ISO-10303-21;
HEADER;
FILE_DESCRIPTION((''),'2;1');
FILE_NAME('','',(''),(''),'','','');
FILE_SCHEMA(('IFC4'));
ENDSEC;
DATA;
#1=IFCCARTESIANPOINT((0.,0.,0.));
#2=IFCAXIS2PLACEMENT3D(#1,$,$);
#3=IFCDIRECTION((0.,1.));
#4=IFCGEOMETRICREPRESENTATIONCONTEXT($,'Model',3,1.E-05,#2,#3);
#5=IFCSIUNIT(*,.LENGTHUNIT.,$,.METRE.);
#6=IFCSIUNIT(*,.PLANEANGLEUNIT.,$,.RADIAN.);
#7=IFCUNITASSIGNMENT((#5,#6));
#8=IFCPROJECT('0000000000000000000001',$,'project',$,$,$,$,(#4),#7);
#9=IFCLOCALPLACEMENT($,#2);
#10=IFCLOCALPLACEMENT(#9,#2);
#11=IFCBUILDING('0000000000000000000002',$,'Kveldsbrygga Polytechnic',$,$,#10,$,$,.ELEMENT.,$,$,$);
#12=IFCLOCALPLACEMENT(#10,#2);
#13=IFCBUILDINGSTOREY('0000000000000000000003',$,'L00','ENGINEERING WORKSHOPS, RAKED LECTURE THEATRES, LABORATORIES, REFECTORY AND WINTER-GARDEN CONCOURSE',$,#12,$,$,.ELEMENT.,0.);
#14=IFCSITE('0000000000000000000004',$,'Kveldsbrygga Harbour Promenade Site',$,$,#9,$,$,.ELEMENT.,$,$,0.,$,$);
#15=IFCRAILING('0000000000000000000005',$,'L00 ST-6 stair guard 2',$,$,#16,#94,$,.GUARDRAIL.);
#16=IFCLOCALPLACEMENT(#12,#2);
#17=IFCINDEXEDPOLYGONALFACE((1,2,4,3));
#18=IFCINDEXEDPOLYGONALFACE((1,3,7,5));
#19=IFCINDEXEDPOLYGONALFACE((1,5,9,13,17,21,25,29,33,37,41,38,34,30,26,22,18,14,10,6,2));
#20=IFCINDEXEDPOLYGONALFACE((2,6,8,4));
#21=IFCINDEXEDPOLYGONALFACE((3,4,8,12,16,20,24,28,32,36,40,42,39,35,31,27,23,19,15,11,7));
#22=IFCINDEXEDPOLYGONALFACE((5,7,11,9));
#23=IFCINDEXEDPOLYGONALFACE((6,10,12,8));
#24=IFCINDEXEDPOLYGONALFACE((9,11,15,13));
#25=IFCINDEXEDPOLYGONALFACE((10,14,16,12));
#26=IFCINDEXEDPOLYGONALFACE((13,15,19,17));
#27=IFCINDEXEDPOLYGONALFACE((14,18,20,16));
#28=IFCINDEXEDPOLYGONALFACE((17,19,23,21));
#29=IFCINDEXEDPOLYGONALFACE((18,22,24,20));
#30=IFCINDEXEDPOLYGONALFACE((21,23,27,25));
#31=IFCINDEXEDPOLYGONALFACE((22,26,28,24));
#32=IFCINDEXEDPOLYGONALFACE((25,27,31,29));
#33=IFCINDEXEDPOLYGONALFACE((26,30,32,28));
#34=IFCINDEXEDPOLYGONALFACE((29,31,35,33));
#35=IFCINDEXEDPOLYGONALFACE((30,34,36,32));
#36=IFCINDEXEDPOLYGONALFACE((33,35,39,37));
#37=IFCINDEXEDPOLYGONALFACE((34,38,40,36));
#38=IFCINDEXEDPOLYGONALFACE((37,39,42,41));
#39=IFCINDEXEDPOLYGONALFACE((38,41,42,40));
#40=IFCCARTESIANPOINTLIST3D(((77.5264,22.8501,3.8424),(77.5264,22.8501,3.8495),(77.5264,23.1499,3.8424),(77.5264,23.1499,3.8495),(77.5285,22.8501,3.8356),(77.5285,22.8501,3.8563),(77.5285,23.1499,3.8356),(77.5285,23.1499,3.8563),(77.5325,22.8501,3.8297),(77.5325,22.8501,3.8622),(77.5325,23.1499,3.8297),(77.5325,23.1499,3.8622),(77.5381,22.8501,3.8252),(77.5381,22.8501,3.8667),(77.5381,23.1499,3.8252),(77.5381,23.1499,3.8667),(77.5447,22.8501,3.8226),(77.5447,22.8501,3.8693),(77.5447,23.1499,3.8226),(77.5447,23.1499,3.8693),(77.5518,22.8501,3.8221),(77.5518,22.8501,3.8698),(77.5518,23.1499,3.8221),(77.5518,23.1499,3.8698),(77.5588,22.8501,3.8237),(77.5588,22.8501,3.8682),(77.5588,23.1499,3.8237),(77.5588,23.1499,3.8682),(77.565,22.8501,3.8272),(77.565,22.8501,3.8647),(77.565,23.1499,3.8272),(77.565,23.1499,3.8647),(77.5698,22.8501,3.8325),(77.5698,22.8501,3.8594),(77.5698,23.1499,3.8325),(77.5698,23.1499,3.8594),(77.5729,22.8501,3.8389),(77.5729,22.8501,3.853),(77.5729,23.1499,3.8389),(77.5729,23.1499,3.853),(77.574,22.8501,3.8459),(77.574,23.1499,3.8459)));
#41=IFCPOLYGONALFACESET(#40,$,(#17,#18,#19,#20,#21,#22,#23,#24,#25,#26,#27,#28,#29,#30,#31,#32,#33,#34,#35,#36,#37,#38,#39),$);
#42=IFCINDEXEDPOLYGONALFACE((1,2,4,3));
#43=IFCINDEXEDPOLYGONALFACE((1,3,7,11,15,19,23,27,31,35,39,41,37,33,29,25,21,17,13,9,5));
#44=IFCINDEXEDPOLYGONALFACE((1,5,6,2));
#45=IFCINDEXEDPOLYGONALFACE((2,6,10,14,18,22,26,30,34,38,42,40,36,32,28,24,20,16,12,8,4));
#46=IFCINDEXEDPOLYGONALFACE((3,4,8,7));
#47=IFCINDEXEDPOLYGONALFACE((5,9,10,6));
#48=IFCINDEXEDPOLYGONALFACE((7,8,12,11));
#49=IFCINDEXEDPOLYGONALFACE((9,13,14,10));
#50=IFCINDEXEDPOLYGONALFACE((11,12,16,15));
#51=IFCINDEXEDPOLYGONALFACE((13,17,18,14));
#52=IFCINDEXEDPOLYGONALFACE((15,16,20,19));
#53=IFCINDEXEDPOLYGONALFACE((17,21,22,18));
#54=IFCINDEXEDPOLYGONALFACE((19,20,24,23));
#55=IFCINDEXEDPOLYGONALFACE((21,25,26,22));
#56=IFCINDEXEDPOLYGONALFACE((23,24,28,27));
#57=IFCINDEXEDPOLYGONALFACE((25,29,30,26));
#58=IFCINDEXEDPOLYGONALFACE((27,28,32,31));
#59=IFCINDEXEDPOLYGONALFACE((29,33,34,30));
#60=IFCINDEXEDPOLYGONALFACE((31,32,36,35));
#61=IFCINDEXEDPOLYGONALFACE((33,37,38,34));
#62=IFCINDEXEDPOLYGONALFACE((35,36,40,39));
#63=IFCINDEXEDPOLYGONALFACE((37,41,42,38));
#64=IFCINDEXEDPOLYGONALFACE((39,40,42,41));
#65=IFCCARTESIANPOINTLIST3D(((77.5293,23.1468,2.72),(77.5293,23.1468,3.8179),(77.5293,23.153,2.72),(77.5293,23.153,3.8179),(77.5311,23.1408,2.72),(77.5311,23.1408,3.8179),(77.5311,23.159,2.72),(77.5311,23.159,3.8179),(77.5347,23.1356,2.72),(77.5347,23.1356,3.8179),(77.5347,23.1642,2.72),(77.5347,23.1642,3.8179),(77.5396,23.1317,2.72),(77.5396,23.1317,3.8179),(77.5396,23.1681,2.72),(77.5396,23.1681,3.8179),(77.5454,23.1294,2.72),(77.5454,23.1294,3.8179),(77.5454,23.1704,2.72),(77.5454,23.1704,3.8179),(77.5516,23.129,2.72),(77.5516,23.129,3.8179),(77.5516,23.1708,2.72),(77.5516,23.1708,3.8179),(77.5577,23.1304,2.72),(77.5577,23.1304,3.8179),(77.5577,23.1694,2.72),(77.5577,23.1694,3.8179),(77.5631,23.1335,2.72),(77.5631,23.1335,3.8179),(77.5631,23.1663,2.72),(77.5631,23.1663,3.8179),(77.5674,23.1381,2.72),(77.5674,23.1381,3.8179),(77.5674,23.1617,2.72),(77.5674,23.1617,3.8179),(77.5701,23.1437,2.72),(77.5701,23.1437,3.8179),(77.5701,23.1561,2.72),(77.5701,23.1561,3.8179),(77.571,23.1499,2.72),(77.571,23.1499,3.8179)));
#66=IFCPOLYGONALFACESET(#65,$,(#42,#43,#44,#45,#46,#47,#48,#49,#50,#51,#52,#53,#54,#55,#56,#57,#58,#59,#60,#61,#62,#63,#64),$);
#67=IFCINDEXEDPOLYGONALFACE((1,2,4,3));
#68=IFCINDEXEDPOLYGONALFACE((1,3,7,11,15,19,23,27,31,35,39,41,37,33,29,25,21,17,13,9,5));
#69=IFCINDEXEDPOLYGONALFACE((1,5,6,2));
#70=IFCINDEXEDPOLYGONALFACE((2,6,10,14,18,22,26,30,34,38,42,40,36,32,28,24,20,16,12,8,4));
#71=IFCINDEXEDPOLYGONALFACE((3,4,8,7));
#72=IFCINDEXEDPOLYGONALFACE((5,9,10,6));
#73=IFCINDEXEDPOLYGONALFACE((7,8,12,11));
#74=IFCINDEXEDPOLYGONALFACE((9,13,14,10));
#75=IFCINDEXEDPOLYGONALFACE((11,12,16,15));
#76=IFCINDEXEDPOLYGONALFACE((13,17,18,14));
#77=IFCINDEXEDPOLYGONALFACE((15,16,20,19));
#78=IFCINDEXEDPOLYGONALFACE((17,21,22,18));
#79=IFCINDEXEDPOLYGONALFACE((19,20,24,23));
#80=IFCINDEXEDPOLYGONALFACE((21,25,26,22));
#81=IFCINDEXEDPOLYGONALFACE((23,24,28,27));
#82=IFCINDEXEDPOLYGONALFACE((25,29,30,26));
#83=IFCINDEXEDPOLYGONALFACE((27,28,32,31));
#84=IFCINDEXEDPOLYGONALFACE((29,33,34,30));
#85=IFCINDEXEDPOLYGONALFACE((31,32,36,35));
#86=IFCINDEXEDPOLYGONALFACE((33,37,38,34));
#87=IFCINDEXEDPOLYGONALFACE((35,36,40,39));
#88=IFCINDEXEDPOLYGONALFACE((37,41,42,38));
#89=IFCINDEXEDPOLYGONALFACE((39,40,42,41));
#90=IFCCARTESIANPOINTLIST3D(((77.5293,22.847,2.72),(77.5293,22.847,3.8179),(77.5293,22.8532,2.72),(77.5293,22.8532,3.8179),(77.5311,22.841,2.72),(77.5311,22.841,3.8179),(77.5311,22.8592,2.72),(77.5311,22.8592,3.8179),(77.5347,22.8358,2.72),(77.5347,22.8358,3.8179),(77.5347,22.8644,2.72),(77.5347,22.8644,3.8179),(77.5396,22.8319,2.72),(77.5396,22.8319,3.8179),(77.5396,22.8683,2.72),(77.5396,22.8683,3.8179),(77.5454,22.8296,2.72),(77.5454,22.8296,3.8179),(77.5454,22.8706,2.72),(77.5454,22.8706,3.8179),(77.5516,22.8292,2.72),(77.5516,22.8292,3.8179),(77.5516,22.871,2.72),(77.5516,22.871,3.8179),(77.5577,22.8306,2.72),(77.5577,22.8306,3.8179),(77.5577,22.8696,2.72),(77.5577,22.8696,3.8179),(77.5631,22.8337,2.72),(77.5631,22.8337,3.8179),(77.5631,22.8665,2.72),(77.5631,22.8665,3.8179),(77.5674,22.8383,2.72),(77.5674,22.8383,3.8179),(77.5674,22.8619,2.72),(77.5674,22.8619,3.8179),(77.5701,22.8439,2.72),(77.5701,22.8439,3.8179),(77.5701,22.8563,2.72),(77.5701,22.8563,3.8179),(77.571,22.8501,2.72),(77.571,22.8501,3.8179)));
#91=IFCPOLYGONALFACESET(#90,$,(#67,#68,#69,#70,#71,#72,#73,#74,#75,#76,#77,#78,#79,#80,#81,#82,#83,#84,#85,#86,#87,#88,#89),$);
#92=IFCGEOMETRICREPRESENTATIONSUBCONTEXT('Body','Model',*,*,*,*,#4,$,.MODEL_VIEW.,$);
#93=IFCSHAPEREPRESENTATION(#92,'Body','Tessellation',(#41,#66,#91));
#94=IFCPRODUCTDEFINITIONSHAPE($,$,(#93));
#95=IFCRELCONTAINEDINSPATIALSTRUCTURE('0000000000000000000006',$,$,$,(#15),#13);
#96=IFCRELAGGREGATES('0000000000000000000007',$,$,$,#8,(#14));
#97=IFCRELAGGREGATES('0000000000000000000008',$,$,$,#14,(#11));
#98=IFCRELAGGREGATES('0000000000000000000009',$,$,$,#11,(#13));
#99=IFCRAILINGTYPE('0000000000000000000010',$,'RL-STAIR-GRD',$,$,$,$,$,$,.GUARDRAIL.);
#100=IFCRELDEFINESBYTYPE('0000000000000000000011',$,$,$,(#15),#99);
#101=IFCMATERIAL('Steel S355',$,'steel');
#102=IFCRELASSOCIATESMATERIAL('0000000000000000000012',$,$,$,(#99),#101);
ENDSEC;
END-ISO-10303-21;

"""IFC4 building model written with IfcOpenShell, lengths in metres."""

from ifc_helpers import new_model, si_unit, direction, frame, origin, origin_2d, place, context, subcontext, project, spatial, circle, extrude, material, type_object, element, save


model = new_model("IFC4")

# Units and contexts
model_context = context("Model", 3, precision=1e-05, world=origin(), true_north=direction((0.0, 1.0)))
body_context = subcontext(model_context, "Body", "Model", "MODEL_VIEW")
ifc_project = project(units=[si_unit("LENGTHUNIT", "METRE"), si_unit("PLANEANGLEUNIT", "RADIAN")], contexts=[model_context])

# Site, building, storey
site_placement = place(None, origin())
site = spatial("IfcSite", under=ifc_project, at=site_placement, Name="Kveldsbrygga Harbour Promenade Site", CompositionType="ELEMENT", RefElevation=0.0)
building_placement = place(site_placement, origin())
building = spatial("IfcBuilding", under=site, at=building_placement, Name="Kveldsbrygga Polytechnic", CompositionType="ELEMENT")
storey_placement = place(building_placement, origin())
storey = spatial("IfcBuildingStorey", under=building, at=storey_placement, Name="L00", Description="ENGINEERING WORKSHOPS, RAKED LECTURE THEATRES, LABORATORIES, REFECTORY AND WINTER-GARDEN CONCOURSE", CompositionType="ELEMENT", Elevation=0.0)

# Railing
ifc_material_1 = material(Name="Steel S355", Category="steel")
railing_type_1 = type_object("IfcRailingType", Name="RL-STAIR-GRD", PredefinedType="GUARDRAIL", material=ifc_material_1)
railing_1_placement = place(storey_placement, frame((77.55, 23.1499, 2.72)))
element("IfcRailing", 1, at=railing_1_placement, inside=storey, type_object=railing_type_1, Name="L00 ST-6 stair guard 2", PredefinedType="GUARDRAIL", context=body_context, shape_type="SweptSolid", body=[
    extrude(circle(Radius=0.0239, at=origin_2d()), frame((0.0, 0.0, 1.126), z_axis=(0.0, -1.0, 0.0), x_axis=(1.0, 0.0, 0.0)), (0.0, 0.0, 1.0), 0.2998),
    extrude(circle(Radius=0.021, at=origin_2d()), origin(), (0.0, 0.0, 1.0), 1.0979),
    extrude(circle(Radius=0.021, at=origin_2d()), frame((0.0, -0.2998, 0.0)), (0.0, 0.0, 1.0), 1.0979),
])

save(model, "model.ifc")
